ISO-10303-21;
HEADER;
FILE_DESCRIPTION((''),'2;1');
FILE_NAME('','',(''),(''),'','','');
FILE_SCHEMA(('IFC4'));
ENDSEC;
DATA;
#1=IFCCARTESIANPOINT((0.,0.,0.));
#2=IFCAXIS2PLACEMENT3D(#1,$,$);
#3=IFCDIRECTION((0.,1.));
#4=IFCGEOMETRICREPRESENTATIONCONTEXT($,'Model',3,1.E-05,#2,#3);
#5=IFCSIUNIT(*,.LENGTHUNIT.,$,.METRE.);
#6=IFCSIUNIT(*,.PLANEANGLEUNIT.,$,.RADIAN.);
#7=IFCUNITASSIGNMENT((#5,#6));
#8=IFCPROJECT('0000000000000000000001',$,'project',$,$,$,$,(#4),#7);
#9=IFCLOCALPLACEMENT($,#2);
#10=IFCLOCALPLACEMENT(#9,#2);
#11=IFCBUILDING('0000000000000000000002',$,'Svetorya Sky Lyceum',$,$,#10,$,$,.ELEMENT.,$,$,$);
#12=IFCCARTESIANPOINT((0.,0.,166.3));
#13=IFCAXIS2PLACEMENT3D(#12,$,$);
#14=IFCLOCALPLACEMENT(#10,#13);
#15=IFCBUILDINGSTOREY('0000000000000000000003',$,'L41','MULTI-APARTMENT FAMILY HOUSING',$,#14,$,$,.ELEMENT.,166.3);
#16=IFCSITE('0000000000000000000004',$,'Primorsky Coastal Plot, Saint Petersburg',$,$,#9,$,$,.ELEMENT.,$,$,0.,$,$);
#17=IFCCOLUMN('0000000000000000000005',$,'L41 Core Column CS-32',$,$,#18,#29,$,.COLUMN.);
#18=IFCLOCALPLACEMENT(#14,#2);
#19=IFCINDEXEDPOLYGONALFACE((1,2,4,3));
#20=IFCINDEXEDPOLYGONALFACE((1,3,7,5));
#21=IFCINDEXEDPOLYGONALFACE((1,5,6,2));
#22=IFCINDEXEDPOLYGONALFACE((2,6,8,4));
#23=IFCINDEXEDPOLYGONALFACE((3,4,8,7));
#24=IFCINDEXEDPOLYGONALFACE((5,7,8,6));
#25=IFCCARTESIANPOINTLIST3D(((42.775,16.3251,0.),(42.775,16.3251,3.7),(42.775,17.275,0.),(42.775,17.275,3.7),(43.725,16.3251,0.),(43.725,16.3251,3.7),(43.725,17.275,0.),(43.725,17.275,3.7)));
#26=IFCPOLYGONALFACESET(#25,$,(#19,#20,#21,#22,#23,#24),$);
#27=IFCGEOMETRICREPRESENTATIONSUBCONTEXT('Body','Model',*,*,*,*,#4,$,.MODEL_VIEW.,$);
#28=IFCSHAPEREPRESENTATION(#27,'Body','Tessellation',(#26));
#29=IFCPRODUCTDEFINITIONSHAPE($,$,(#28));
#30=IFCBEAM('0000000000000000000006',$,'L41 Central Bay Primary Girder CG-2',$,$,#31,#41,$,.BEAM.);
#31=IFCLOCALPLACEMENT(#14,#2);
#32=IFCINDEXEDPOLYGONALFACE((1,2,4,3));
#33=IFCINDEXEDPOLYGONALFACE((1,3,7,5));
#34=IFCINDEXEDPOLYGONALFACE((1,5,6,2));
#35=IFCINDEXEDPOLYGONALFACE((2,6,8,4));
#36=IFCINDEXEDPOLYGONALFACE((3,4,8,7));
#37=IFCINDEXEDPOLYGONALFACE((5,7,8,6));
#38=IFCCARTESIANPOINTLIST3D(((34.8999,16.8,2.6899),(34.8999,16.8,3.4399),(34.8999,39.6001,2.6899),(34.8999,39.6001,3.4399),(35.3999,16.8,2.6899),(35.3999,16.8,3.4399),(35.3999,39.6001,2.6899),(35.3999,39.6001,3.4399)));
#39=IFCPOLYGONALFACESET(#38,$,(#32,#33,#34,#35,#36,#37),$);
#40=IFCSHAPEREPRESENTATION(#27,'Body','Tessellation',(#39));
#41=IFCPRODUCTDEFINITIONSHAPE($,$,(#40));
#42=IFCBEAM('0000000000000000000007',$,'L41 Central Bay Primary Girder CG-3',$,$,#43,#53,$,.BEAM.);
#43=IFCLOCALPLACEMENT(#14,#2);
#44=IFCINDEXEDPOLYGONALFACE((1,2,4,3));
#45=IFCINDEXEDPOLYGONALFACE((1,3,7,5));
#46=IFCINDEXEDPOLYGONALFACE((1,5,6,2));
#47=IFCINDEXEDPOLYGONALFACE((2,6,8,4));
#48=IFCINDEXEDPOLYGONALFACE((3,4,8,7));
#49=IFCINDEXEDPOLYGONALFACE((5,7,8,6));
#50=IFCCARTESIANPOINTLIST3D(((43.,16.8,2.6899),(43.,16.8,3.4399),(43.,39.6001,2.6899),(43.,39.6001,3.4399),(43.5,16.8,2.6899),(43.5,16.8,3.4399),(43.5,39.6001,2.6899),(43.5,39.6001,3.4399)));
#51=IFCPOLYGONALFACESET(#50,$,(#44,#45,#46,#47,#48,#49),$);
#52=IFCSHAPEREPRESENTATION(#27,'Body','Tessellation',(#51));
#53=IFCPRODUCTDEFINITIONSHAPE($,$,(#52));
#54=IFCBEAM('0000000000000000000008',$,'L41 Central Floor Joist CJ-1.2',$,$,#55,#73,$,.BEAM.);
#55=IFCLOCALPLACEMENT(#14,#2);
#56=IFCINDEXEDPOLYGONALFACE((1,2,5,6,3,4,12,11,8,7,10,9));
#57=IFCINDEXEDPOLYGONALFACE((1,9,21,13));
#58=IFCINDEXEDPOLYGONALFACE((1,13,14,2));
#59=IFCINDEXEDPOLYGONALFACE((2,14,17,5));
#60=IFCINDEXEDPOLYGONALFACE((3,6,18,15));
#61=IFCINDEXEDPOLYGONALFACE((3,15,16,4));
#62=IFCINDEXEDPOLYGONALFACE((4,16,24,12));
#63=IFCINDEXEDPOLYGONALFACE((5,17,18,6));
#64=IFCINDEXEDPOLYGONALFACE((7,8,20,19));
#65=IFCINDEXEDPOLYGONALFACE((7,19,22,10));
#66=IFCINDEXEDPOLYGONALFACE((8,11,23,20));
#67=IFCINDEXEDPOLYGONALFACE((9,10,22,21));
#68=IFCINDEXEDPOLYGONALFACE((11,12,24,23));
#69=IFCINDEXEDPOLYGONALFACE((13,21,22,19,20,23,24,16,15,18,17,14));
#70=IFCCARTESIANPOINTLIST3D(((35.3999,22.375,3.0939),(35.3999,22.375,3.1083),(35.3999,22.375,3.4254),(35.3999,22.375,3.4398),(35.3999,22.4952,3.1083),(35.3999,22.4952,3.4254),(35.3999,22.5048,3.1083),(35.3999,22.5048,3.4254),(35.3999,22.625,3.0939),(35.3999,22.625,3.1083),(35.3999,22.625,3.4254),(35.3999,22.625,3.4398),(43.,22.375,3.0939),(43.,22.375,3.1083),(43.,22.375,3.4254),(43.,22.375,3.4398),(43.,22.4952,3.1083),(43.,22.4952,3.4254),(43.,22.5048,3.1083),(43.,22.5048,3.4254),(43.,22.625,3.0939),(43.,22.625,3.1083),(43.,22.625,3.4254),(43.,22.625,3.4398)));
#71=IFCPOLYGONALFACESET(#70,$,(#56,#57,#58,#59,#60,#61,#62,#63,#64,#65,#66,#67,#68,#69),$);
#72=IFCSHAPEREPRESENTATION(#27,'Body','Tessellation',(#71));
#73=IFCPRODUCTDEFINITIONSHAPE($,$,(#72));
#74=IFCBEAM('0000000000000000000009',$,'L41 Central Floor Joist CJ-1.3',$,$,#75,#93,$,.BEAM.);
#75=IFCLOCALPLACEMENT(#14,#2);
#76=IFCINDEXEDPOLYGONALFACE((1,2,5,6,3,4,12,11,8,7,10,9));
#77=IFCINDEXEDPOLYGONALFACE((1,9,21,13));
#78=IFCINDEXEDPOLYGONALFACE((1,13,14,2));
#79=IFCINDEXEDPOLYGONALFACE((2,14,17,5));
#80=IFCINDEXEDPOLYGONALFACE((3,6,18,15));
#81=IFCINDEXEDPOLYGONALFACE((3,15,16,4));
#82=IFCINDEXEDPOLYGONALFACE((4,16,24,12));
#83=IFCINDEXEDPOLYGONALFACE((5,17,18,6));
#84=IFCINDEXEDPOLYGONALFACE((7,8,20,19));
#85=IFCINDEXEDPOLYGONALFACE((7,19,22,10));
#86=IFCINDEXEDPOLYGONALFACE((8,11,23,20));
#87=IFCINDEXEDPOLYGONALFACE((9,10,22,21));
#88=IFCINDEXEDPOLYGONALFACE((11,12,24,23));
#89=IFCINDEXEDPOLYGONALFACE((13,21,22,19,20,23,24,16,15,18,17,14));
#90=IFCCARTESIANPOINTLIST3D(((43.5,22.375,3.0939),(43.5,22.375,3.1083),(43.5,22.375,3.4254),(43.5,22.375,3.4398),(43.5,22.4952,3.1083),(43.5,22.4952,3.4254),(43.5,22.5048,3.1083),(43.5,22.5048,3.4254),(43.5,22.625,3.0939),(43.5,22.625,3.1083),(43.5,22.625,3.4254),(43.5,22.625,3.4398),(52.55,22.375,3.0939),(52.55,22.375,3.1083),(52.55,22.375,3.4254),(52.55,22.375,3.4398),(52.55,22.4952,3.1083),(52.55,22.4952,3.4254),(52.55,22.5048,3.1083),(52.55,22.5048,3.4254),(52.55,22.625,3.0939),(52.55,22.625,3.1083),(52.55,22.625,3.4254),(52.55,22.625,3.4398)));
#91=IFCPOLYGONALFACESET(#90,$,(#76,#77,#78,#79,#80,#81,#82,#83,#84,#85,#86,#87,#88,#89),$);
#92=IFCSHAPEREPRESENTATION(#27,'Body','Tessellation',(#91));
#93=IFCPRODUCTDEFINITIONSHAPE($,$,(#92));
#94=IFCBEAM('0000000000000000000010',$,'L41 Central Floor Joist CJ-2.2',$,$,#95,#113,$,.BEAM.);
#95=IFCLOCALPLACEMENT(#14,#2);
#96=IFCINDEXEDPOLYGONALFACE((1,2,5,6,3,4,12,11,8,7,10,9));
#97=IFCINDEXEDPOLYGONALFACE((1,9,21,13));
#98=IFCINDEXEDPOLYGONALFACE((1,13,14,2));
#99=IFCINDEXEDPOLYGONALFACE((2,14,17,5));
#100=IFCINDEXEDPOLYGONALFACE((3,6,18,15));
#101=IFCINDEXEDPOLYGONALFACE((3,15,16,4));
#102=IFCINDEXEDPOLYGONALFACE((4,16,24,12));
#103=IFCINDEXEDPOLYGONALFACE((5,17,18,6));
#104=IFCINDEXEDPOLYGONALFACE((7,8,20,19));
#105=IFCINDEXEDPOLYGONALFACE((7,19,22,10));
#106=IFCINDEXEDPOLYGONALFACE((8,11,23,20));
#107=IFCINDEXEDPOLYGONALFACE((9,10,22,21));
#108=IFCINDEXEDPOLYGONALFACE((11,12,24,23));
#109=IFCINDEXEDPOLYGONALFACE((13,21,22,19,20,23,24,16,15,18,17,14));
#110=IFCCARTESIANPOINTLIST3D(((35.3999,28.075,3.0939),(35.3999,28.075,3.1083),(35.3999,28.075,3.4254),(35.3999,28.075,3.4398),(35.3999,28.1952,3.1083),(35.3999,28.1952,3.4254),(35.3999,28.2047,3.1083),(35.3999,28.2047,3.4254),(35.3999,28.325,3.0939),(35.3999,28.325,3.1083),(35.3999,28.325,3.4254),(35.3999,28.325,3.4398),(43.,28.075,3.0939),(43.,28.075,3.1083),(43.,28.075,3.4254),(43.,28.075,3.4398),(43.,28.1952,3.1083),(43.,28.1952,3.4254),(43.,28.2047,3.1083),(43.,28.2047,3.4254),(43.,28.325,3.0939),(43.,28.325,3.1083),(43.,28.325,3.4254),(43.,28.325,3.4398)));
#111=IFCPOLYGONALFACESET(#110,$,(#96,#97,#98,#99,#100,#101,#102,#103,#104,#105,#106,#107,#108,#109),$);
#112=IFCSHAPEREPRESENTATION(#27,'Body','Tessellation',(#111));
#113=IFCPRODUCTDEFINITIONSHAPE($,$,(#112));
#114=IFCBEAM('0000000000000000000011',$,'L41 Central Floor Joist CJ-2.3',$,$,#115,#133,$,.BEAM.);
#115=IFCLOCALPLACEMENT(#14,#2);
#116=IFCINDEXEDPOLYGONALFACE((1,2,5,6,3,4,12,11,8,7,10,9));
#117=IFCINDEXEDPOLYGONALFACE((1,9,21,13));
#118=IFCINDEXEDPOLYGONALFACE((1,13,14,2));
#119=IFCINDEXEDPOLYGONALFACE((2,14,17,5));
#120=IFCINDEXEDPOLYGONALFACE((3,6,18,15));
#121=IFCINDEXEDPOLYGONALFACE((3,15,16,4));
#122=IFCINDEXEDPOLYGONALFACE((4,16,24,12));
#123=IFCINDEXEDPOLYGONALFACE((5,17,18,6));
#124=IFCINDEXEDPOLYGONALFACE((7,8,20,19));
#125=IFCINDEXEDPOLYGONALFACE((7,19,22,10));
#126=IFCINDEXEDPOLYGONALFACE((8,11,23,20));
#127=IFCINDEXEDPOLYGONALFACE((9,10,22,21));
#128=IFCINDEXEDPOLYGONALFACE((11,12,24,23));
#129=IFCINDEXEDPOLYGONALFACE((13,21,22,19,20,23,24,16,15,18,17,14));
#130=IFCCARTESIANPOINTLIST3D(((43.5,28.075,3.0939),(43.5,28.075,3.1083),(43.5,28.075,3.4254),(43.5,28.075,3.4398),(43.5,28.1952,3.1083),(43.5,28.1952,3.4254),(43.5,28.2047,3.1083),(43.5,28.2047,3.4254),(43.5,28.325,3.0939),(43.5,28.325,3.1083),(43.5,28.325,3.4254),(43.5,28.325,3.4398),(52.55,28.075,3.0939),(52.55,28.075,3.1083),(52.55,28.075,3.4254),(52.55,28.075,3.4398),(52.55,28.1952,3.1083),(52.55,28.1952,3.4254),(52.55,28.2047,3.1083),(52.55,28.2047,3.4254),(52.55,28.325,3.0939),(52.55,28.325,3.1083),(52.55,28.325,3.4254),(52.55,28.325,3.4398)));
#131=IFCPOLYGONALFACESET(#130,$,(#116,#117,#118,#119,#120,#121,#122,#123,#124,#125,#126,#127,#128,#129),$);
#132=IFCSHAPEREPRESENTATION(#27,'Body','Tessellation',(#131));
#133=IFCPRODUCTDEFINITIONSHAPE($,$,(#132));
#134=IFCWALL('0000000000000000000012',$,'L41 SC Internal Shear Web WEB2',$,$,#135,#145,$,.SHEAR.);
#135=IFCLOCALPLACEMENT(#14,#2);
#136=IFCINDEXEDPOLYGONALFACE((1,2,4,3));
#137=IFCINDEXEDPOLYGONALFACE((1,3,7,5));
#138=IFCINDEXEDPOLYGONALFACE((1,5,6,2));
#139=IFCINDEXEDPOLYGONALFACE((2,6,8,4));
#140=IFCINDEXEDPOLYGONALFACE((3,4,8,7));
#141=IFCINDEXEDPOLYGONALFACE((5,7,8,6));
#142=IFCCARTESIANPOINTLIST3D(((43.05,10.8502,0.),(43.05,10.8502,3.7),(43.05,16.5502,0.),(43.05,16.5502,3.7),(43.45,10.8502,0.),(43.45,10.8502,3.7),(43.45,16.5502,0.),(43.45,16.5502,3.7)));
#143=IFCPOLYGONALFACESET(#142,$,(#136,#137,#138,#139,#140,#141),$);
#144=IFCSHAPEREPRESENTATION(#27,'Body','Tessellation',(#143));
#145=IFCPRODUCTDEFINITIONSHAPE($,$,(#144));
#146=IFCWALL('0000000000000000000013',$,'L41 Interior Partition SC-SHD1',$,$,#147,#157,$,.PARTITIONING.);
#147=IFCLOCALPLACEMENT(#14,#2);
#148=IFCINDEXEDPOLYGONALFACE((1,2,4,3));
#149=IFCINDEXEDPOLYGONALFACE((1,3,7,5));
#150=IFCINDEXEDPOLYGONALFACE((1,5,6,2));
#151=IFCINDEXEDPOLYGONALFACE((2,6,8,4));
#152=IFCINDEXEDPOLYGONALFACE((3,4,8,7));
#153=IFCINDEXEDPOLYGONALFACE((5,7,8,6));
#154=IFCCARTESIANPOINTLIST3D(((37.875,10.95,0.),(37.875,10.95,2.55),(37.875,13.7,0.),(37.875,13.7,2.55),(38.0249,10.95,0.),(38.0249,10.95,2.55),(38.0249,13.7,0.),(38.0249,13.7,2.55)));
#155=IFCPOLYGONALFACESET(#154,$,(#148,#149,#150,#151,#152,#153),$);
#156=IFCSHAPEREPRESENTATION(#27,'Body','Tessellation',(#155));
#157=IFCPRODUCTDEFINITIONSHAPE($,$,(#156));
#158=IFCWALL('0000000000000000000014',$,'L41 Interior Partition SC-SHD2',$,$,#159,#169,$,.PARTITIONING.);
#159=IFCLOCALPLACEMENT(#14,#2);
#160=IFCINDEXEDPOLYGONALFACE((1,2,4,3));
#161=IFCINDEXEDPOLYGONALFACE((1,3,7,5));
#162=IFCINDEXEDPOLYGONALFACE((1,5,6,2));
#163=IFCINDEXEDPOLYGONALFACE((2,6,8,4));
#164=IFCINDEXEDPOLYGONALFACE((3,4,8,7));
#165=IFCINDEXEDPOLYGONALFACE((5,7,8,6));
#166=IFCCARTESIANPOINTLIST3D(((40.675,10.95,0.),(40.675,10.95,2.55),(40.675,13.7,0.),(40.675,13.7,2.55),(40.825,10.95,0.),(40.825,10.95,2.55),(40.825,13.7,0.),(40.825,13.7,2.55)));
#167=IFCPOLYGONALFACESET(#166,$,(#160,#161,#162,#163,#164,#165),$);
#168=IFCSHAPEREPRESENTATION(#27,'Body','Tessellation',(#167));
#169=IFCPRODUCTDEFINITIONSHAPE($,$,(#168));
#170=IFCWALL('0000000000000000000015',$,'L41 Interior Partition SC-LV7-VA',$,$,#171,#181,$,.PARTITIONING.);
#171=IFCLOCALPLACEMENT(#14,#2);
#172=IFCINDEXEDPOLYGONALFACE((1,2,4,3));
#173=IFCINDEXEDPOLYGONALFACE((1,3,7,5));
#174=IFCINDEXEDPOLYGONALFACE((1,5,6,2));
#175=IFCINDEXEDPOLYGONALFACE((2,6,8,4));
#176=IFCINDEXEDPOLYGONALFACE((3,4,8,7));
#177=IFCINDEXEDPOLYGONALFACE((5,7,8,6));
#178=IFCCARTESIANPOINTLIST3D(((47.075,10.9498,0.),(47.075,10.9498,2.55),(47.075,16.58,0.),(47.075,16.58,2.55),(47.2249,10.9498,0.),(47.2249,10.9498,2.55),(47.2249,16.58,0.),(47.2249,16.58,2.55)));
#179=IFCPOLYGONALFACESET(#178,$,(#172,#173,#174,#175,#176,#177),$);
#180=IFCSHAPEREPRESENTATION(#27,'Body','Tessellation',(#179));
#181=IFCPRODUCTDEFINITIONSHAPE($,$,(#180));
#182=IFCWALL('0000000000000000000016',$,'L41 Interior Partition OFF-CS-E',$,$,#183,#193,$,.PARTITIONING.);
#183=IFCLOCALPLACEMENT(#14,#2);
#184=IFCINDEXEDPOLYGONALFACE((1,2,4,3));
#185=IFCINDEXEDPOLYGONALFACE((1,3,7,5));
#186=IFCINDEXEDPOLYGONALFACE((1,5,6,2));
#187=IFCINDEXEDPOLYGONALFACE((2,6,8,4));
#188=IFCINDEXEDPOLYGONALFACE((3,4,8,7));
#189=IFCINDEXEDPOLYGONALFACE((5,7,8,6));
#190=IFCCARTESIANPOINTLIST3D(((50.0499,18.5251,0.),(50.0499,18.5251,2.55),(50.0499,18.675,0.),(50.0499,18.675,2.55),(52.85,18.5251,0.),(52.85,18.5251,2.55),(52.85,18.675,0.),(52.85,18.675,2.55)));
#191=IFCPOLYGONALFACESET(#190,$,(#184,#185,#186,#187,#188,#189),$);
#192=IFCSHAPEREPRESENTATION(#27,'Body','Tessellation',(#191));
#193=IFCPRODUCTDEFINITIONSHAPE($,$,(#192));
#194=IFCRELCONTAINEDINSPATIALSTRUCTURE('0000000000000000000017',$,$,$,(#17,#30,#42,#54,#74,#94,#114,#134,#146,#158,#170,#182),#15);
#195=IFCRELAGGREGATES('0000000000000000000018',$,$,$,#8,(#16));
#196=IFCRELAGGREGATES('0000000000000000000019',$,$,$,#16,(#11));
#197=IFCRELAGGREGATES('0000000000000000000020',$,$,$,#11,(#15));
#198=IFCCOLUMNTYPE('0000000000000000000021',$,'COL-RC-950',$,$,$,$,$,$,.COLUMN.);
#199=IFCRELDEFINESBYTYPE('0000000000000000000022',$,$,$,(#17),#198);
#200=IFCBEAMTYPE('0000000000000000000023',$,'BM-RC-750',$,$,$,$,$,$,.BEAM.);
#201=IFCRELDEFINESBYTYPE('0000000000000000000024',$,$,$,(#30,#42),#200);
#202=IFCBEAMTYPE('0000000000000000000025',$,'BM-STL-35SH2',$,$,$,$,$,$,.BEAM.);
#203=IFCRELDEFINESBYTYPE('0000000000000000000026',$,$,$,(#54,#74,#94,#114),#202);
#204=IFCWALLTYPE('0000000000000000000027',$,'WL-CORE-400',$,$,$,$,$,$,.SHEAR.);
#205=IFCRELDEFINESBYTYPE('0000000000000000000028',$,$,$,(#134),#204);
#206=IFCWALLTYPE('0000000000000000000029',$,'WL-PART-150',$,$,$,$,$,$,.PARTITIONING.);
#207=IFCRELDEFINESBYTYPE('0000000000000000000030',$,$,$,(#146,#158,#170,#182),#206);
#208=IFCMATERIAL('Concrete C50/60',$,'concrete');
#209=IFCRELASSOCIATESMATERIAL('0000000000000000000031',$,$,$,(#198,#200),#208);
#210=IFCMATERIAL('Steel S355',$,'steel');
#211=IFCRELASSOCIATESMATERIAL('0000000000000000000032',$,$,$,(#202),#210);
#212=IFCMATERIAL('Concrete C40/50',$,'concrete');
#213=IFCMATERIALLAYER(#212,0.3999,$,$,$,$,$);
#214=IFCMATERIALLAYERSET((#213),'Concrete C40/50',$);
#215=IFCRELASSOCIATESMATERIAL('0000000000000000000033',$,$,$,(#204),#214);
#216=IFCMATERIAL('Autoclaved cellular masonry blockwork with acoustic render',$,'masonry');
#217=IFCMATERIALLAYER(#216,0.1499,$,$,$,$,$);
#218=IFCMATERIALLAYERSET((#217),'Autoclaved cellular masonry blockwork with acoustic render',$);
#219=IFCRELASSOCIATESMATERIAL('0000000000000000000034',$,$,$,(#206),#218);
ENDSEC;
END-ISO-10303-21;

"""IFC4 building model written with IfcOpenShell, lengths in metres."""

from ifc_helpers import new_model, si_unit, direction, frame, frame_2d, origin, origin_2d, place, context, subcontext, project, spatial, rectangle, i_section, extrude, material, layer, layer_set, material_profile, profile_set, type_object, element, save


model = new_model("IFC4")

# Units and contexts
model_context = context("Model", 3, precision=1e-05, world=origin(), true_north=direction((0.0, 1.0)))
body_context = subcontext(model_context, "Body", "Model", "MODEL_VIEW")
ifc_project = project(units=[si_unit("LENGTHUNIT", "METRE"), si_unit("PLANEANGLEUNIT", "RADIAN")], contexts=[model_context])

# Site, building, storey
site_placement = place(None, origin())
site = spatial("IfcSite", under=ifc_project, at=site_placement, Name="Primorsky Coastal Plot, Saint Petersburg", CompositionType="ELEMENT", RefElevation=0.0)
building_placement = place(site_placement, origin())
building = spatial("IfcBuilding", under=site, at=building_placement, Name="Svetorya Sky Lyceum", CompositionType="ELEMENT")
storey_placement = place(building_placement, frame((0.0, 0.0, 166.3)))
storey = spatial("IfcBuildingStorey", under=building, at=storey_placement, Name="L41", Description="MULTI-APARTMENT FAMILY HOUSING", CompositionType="ELEMENT", Elevation=166.3)

# Column
ifc_material_1 = material(Name="Concrete C50/60", Category="concrete")
ifc_material_profile_1 = material_profile(ifc_material_1, rectangle(XDim=0.95, YDim=0.95, at=origin_2d()), Name="RC COL 950x950")
ifc_profile_set_1 = profile_set([ifc_material_profile_1], Name="Concrete C50/60")
column_type = type_object("IfcColumnType", Name="COL-RC-950", PredefinedType="COLUMN", material=ifc_profile_set_1)
column_placement = place(storey_placement, frame((43.25, 16.8, 0.0), z_axis=(0.0, 0.0, 1.0), x_axis=(1.0, 0.0, 0.0)))
element("IfcColumn", 1, at=column_placement, inside=storey, type_object=column_type, Name="L41 Core Column CS-32", PredefinedType="COLUMN", context=body_context, shape_type="SweptSolid", body=[
    extrude(rectangle(XDim=0.95, YDim=0.95, at=origin_2d()), origin(), (0.0, 0.0, 1.0), 3.7),
])

# Beams
ifc_material_profile_2 = material_profile(ifc_material_1, rectangle(XDim=0.5, YDim=0.75, at=origin_2d()), Name="RC BEAM 500x750")
ifc_profile_set_2 = profile_set([ifc_material_profile_2], Name="Concrete C50/60")
beam_type_1 = type_object("IfcBeamType", Name="BM-RC-750", PredefinedType="BEAM", material=ifc_profile_set_2)
for number, where, z_axis, x_axis, name in (
    (2, (35.1499, 16.8, 3.0649), (0.0, 1.0, 0.0), (-1.0, 0.0, 0.0), "L41 Central Bay Primary Girder CG-2"),
    (3, (43.25, 16.8, 3.0649), (0.0, 1.0, 0.0), (-1.0, 0.0, 0.0), "L41 Central Bay Primary Girder CG-3"),
):
    element("IfcBeam", number, at=place(storey_placement, frame(where, z_axis=z_axis, x_axis=x_axis)), inside=storey, type_object=beam_type_1, Name=name, PredefinedType="BEAM", context=body_context, shape_type="SweptSolid", body=[
        extrude(rectangle(XDim=0.5, YDim=0.75, at=origin_2d()), origin(), (0.0, 0.0, 1.0), 22.8),
    ])
ifc_material_2 = material(Name="Steel S355", Category="steel")
ifc_material_profile_3 = material_profile(ifc_material_2, i_section(OverallWidth=0.25, OverallDepth=0.3459, WebThickness=0.0095, FlangeThickness=0.0144, at=origin_2d()), Name="GOST 35Sh2")
ifc_profile_set_3 = profile_set([ifc_material_profile_3], Name="Steel S355")
beam_type_2 = type_object("IfcBeamType", Name="BM-STL-35SH2", PredefinedType="BEAM", material=ifc_profile_set_3)
beam_1_placement = place(storey_placement, frame((35.3999, 22.5, 3.2668), z_axis=(1.0, 0.0, 0.0), x_axis=(0.0, 1.0, 0.0)))
element("IfcBeam", 4, at=beam_1_placement, inside=storey, type_object=beam_type_2, Name="L41 Central Floor Joist CJ-1.2", PredefinedType="BEAM", context=body_context, shape_type="SweptSolid", body=[
    extrude(i_section(OverallWidth=0.25, OverallDepth=0.3459, WebThickness=0.0095, FlangeThickness=0.0144, at=origin_2d()), origin(), (0.0, 0.0, 1.0), 7.6001),
])
beam_2_placement = place(storey_placement, frame((43.5, 22.5, 3.2668), z_axis=(1.0, 0.0, 0.0), x_axis=(0.0, 1.0, 0.0)))
element("IfcBeam", 5, at=beam_2_placement, inside=storey, type_object=beam_type_2, Name="L41 Central Floor Joist CJ-1.3", PredefinedType="BEAM", context=body_context, shape_type="SweptSolid", body=[
    extrude(i_section(OverallWidth=0.25, OverallDepth=0.3459, WebThickness=0.0095, FlangeThickness=0.0144, at=origin_2d()), origin(), (0.0, 0.0, 1.0), 9.05),
])
beam_3_placement = place(storey_placement, frame((35.3999, 28.2, 3.2668), z_axis=(1.0, 0.0, 0.0), x_axis=(0.0, 1.0, 0.0)))
element("IfcBeam", 6, at=beam_3_placement, inside=storey, type_object=beam_type_2, Name="L41 Central Floor Joist CJ-2.2", PredefinedType="BEAM", context=body_context, shape_type="SweptSolid", body=[
    extrude(i_section(OverallWidth=0.25, OverallDepth=0.3459, WebThickness=0.0095, FlangeThickness=0.0144, at=origin_2d()), origin(), (0.0, 0.0, 1.0), 7.6001),
])
beam_4_placement = place(storey_placement, frame((43.5, 28.2, 3.2668), z_axis=(1.0, 0.0, 0.0), x_axis=(0.0, 1.0, 0.0)))
element("IfcBeam", 7, at=beam_4_placement, inside=storey, type_object=beam_type_2, Name="L41 Central Floor Joist CJ-2.3", PredefinedType="BEAM", context=body_context, shape_type="SweptSolid", body=[
    extrude(i_section(OverallWidth=0.25, OverallDepth=0.3459, WebThickness=0.0095, FlangeThickness=0.0144, at=origin_2d()), origin(), (0.0, 0.0, 1.0), 9.05),
])

# Walls
ifc_material_3 = material(Name="Concrete C40/50", Category="concrete")
ifc_layer_1 = layer(ifc_material_3, 0.3999)
ifc_layer_set_1 = layer_set([ifc_layer_1], Name="Concrete C40/50")
wall_type_1 = type_object("IfcWallType", Name="WL-CORE-400", PredefinedType="SHEAR", material=ifc_layer_set_1)
wall_1_placement = place(storey_placement, frame((43.25, 10.8501, 0.0), z_axis=(0.0, 0.0, 1.0), x_axis=(0.0, 1.0, 0.0)))
element("IfcWall", 8, at=wall_1_placement, inside=storey, type_object=wall_type_1, Name="L41 SC Internal Shear Web WEB2", PredefinedType="SHEAR", context=body_context, shape_type="SweptSolid", body=[
    extrude(rectangle(XDim=5.7, YDim=0.3999, at=frame_2d((2.8501, 0.0))), origin(), (0.0, 0.0, 1.0), 3.7),
])
ifc_material_4 = material(Name="Autoclaved cellular masonry blockwork with acoustic render", Category="masonry")
ifc_layer_2 = layer(ifc_material_4, 0.1499)
ifc_layer_set_2 = layer_set([ifc_layer_2], Name="Autoclaved cellular masonry blockwork with acoustic render")
wall_type_2 = type_object("IfcWallType", Name="WL-PART-150", PredefinedType="PARTITIONING", material=ifc_layer_set_2)
for number, where, z_axis, x_axis, name in (
    (9, (37.95, 10.95, 0.0), (0.0, 0.0, 1.0), (0.0, 1.0, 0.0), "L41 Interior Partition SC-SHD1"),
    (10, (40.75, 10.95, 0.0), (0.0, 0.0, 1.0), (0.0, 1.0, 0.0), "L41 Interior Partition SC-SHD2"),
):
    element("IfcWall", number, at=place(storey_placement, frame(where, z_axis=z_axis, x_axis=x_axis)), inside=storey, type_object=wall_type_2, Name=name, PredefinedType="PARTITIONING", context=body_context, shape_type="SweptSolid", body=[
        extrude(rectangle(XDim=2.75, YDim=0.1499, at=frame_2d((1.375, 0.0))), origin(), (0.0, 0.0, 1.0), 2.55),
    ])
wall_2_placement = place(storey_placement, frame((47.1499, 10.95, 0.0), z_axis=(0.0, 0.0, 1.0), x_axis=(0.0, 1.0, 0.0)))
element("IfcWall", 11, at=wall_2_placement, inside=storey, type_object=wall_type_2, Name="L41 Interior Partition SC-LV7-VA", PredefinedType="PARTITIONING", context=body_context, shape_type="SweptSolid", body=[
    extrude(rectangle(XDim=5.6301, YDim=0.1499, at=frame_2d((2.8149, 0.0))), origin(), (0.0, 0.0, 1.0), 2.55),
])
wall_3_placement = place(storey_placement, frame((50.05, 18.6001, 0.0), z_axis=(0.0, 0.0, 1.0), x_axis=(1.0, 0.0, 0.0)))
element("IfcWall", 12, at=wall_3_placement, inside=storey, type_object=wall_type_2, Name="L41 Interior Partition OFF-CS-E", PredefinedType="PARTITIONING", context=body_context, shape_type="SweptSolid", body=[
    extrude(rectangle(XDim=2.8, YDim=0.1499, at=frame_2d((1.3999, 0.0))), origin(), (0.0, 0.0, 1.0), 2.55),
])

save(model, "model.ifc")
